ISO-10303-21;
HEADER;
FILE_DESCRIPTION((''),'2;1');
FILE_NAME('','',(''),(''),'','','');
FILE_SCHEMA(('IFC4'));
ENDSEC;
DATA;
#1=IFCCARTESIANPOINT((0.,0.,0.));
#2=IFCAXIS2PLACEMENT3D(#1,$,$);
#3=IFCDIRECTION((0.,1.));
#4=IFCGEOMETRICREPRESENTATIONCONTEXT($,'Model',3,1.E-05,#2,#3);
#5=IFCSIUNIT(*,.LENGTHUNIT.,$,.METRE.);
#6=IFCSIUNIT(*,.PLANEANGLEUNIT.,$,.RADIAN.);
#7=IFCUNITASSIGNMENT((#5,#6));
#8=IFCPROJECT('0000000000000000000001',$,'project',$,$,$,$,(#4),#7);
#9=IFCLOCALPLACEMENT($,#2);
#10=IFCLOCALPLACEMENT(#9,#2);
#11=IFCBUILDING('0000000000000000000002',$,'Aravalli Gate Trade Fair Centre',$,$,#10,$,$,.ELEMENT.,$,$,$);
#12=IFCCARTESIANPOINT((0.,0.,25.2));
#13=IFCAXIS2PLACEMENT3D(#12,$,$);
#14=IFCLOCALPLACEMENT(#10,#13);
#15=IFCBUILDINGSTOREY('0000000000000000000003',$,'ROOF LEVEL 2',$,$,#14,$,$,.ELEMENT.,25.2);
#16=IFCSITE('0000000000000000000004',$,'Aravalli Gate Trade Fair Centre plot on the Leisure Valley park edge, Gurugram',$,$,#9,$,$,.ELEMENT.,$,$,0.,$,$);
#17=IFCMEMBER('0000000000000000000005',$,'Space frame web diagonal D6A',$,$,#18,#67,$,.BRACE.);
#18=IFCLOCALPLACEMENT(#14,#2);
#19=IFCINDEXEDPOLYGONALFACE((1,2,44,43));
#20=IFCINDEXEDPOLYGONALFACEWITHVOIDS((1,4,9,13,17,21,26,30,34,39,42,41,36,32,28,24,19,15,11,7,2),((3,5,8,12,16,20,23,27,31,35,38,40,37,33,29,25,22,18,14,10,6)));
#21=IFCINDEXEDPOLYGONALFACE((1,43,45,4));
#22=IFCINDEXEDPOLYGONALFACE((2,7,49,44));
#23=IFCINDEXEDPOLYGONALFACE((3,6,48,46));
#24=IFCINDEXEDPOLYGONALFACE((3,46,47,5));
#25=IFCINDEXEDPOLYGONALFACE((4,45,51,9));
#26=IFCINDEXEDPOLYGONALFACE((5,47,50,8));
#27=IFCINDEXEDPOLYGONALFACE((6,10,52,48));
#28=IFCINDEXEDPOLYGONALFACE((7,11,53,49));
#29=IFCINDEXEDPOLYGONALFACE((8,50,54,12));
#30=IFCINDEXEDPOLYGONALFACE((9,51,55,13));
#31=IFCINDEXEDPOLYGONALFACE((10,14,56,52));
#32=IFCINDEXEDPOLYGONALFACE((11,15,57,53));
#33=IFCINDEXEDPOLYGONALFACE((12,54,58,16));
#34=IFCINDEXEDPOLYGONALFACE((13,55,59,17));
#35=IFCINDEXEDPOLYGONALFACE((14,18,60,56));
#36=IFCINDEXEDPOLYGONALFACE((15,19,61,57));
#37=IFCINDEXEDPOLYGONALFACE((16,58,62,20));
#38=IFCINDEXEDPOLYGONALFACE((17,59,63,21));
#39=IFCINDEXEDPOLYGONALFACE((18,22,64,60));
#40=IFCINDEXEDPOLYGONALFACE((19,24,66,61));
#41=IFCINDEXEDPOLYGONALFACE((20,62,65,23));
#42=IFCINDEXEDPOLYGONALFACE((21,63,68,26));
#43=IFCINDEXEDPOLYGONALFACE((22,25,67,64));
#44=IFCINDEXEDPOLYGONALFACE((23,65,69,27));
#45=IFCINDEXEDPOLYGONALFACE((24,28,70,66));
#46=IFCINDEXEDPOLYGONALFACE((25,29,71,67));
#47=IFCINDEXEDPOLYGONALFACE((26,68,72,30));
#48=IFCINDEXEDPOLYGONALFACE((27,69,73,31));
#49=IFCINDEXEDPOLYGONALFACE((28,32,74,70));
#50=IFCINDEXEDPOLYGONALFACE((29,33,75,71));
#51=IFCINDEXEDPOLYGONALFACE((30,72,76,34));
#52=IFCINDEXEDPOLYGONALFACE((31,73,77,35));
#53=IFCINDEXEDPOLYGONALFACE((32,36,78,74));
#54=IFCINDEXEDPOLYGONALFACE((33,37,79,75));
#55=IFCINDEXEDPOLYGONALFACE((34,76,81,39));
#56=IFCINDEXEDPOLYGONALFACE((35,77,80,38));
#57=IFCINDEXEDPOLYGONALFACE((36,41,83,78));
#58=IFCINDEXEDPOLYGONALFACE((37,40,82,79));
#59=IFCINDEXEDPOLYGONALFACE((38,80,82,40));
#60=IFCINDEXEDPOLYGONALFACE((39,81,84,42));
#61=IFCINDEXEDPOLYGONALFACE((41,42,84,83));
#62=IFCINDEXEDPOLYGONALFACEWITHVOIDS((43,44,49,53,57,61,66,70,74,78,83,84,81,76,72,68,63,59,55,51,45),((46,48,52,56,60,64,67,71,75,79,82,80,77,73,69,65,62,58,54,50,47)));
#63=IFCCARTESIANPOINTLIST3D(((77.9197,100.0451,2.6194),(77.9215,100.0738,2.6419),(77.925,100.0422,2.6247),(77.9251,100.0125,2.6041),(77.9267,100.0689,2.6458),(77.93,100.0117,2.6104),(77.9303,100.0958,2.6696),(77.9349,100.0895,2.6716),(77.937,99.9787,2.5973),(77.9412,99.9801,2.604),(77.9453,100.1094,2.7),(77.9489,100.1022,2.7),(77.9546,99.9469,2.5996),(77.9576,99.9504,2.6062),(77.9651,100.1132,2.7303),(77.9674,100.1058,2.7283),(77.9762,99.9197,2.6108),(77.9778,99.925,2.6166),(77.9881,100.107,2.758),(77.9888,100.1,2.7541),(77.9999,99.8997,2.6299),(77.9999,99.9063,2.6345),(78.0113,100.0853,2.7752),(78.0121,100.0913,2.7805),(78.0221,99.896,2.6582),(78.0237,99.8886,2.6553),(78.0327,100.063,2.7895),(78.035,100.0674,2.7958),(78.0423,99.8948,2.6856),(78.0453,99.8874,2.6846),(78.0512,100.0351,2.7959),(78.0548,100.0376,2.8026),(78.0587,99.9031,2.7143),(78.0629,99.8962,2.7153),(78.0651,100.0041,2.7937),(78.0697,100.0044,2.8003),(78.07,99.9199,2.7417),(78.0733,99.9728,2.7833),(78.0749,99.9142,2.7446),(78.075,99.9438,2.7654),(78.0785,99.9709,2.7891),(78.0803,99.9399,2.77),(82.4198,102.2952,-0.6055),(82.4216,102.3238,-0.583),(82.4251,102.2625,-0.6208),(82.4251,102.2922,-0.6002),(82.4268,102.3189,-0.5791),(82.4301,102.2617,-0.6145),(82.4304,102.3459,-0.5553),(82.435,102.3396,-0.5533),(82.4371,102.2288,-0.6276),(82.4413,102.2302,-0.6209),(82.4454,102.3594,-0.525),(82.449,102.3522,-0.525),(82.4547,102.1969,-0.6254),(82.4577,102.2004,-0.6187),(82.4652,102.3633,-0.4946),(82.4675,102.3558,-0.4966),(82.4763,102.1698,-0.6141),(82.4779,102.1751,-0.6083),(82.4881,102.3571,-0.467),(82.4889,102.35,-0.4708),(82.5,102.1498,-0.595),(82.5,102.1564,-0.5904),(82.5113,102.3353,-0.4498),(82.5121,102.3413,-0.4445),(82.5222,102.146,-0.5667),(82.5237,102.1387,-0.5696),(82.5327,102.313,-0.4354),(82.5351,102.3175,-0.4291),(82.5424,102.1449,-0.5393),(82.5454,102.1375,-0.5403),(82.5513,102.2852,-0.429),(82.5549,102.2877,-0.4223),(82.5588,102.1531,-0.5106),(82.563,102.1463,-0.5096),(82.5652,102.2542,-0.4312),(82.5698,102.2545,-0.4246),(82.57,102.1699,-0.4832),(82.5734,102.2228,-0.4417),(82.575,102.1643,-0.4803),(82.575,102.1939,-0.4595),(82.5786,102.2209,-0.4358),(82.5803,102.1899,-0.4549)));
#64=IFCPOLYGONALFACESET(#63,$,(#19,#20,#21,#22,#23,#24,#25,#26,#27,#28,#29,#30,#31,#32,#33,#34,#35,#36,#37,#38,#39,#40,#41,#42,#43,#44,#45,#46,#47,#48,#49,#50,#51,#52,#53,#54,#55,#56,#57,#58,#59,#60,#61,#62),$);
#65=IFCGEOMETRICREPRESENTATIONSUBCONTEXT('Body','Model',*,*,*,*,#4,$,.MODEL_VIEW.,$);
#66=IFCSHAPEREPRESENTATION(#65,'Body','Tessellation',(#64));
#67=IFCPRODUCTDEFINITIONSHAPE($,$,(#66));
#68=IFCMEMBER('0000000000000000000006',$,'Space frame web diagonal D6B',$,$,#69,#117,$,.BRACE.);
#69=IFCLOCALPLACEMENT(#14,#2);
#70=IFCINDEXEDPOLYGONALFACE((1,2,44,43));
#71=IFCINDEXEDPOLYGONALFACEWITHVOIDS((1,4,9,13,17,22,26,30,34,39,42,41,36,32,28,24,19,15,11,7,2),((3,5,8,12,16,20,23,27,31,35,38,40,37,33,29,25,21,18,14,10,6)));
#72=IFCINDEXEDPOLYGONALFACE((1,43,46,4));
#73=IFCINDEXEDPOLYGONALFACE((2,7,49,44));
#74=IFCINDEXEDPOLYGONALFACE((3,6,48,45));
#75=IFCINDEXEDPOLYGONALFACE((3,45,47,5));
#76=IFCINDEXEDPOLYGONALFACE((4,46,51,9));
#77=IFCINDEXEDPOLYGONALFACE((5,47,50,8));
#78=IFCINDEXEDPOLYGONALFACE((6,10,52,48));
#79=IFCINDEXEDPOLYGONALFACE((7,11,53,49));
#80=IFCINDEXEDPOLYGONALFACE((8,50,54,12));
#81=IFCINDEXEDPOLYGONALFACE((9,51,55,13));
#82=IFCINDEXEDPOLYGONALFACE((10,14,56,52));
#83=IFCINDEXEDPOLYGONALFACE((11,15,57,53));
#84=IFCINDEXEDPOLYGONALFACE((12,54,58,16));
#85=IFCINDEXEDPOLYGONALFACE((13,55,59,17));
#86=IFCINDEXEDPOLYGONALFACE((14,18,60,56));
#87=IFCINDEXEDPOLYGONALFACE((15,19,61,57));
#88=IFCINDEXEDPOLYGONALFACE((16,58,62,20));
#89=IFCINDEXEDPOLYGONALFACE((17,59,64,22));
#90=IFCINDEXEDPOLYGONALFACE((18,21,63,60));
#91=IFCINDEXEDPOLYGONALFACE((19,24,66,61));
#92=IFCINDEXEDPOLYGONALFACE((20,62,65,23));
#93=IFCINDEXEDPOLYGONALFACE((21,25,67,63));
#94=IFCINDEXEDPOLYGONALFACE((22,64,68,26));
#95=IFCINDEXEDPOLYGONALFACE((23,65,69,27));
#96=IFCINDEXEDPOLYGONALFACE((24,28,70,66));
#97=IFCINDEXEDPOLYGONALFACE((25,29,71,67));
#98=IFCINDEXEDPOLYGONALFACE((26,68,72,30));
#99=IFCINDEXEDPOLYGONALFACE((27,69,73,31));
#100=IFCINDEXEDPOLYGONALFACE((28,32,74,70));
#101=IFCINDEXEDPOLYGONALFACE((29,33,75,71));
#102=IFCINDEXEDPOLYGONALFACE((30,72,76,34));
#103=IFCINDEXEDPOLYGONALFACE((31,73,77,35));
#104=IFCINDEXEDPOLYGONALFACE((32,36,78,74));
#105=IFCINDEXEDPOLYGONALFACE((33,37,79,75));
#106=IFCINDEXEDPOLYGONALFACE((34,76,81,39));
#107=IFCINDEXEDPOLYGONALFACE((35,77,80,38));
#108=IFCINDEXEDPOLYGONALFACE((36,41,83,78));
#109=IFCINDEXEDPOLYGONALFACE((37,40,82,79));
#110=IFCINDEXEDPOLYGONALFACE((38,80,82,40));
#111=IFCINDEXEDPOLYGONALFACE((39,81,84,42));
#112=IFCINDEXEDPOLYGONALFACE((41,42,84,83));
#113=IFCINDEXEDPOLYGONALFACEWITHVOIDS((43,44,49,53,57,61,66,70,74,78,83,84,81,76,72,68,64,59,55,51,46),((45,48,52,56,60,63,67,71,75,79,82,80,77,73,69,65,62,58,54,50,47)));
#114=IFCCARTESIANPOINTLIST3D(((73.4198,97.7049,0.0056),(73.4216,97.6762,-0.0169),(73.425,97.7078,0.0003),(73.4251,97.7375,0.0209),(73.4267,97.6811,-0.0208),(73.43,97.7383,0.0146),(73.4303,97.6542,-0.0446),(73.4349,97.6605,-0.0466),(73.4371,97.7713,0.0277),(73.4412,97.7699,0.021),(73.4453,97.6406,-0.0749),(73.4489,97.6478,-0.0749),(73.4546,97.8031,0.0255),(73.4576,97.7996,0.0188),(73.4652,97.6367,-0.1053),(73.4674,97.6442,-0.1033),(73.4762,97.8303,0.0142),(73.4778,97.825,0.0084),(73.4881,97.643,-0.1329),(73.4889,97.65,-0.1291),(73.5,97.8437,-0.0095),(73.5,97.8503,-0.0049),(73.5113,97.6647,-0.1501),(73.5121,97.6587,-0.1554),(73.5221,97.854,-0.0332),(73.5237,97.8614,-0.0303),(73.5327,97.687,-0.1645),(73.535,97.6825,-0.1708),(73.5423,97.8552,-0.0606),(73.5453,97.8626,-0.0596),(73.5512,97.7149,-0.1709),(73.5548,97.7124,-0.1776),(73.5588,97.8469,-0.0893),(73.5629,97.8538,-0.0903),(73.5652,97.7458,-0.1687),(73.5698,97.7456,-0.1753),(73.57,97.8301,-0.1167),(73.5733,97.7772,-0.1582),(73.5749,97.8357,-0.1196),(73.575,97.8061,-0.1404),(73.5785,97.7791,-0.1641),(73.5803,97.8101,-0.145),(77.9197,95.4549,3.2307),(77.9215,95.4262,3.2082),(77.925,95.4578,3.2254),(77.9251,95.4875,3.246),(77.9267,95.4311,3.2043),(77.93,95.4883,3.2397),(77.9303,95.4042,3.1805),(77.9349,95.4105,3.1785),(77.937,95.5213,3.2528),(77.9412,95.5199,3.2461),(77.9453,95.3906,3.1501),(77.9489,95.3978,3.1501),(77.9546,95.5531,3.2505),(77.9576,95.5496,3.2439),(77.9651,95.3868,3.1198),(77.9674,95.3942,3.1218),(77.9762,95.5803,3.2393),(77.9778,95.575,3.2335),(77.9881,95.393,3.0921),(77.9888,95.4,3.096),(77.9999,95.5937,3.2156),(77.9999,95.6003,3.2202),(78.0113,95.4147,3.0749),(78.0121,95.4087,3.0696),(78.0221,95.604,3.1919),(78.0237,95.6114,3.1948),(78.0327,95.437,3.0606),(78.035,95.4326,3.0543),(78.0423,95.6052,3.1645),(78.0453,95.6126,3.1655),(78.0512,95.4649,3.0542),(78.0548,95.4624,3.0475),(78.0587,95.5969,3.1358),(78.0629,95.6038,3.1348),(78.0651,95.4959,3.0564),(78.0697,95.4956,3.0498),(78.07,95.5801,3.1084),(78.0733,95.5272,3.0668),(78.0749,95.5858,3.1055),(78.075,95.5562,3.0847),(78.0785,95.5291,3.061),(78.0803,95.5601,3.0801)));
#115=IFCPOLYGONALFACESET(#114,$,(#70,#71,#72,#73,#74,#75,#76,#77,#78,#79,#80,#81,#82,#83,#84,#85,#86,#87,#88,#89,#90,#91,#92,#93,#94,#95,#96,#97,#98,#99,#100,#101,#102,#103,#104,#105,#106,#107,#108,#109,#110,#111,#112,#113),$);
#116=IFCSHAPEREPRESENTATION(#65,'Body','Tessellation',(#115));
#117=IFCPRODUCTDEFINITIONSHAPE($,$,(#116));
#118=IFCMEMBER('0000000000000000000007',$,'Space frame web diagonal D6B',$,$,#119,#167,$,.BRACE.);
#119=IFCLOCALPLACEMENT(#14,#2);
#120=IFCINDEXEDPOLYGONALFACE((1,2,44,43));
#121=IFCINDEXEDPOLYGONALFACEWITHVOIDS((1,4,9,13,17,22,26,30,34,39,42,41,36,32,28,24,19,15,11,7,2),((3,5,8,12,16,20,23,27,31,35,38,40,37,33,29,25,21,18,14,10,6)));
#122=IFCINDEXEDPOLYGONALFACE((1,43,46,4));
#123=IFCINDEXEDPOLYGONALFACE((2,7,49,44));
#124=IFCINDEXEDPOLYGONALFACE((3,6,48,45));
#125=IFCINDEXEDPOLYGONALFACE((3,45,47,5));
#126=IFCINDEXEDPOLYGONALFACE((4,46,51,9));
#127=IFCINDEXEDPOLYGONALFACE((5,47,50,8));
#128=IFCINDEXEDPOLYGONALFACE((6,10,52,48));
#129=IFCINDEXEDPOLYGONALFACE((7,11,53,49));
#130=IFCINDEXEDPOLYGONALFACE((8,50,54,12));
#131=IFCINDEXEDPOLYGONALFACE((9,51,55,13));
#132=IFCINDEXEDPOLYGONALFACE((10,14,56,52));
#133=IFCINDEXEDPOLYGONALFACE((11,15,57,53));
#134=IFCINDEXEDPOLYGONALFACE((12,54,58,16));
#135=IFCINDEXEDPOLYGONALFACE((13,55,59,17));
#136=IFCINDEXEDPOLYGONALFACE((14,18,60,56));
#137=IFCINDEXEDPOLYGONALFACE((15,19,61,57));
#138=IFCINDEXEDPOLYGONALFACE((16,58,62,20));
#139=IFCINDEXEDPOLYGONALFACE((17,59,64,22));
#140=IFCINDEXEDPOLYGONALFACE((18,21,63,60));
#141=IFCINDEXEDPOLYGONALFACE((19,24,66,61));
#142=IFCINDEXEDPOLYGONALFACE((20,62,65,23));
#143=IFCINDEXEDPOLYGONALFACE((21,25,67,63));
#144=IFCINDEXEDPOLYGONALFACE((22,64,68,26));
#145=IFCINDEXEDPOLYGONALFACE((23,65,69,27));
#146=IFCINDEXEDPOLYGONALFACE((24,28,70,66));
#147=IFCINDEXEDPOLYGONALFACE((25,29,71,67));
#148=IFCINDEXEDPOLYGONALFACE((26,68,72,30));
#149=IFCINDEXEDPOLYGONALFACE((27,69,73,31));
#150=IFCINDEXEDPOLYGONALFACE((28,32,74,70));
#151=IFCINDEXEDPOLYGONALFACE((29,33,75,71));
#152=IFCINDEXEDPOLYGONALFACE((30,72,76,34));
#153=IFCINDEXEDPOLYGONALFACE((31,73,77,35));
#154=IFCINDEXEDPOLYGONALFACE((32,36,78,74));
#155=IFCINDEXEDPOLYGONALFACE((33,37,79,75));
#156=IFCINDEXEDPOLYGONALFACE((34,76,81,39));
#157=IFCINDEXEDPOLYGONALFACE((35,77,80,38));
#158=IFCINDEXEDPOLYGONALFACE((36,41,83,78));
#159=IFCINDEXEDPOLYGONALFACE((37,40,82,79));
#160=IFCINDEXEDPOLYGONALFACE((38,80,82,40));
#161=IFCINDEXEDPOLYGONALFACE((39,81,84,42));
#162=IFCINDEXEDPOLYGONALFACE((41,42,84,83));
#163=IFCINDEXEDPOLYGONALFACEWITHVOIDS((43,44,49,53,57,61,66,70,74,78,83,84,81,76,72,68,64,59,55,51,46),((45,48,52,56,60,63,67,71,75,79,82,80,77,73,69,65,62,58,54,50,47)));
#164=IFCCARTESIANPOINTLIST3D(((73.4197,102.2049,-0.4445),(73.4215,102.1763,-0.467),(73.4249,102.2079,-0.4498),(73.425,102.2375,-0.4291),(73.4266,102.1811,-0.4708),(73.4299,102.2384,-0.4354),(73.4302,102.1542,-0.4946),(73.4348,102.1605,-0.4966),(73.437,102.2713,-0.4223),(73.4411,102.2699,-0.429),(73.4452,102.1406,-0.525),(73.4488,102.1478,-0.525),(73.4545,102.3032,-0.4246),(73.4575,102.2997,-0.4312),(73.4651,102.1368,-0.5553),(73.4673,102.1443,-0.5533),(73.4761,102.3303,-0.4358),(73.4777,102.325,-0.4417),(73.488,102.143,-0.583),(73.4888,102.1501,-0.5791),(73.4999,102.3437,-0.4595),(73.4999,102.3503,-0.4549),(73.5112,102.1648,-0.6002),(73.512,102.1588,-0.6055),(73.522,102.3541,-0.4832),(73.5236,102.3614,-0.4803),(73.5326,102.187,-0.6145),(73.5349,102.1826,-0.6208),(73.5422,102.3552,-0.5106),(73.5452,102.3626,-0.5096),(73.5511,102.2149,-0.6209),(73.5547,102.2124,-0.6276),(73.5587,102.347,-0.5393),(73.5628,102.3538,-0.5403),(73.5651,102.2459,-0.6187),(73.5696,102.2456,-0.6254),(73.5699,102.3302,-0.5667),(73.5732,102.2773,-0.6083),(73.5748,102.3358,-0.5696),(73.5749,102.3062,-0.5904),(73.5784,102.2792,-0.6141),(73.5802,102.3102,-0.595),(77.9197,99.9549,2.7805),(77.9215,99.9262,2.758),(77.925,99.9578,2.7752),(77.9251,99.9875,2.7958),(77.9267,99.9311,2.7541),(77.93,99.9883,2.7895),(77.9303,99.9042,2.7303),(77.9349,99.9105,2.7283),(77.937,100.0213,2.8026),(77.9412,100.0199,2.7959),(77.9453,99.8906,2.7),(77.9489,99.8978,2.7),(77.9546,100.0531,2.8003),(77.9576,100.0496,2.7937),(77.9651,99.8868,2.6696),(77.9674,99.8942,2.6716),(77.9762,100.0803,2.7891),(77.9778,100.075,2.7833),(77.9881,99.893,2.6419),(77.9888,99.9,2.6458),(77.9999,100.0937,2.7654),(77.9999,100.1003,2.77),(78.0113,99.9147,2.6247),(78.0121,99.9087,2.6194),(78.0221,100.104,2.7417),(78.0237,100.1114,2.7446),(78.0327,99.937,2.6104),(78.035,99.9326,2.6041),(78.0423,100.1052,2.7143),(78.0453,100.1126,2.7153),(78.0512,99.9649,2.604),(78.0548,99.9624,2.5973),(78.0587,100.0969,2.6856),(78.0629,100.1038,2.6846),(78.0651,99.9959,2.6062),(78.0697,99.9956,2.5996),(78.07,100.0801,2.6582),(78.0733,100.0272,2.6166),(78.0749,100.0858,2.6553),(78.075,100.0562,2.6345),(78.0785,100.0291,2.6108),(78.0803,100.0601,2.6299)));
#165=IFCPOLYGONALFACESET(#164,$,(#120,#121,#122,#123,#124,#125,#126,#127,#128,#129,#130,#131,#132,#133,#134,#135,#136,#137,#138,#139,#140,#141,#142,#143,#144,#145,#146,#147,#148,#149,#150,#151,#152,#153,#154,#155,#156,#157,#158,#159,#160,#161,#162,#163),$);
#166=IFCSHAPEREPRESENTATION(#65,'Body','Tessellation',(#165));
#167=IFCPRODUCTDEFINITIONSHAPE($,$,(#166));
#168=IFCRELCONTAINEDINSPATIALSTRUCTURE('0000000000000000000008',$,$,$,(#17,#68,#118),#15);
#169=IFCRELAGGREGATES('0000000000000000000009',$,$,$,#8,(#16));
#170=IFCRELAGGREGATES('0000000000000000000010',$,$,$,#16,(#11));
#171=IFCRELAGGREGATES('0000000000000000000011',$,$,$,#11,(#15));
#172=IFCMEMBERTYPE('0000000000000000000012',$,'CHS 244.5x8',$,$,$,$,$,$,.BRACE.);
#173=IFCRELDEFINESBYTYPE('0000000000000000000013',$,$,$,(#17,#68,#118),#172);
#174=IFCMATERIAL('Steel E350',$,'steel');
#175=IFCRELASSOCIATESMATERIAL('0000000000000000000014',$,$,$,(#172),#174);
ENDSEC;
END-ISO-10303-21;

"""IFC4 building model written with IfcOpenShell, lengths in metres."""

from ifc_helpers import new_model, si_unit, direction, frame, origin, origin_2d, place, context, subcontext, project, spatial, hollow_circle, extrude, material, material_profile, profile_set, type_object, element, save


model = new_model("IFC4")

# Units and contexts
model_context = context("Model", 3, precision=1e-05, world=origin(), true_north=direction((0.0, 1.0)))
body_context = subcontext(model_context, "Body", "Model", "MODEL_VIEW")
ifc_project = project(units=[si_unit("LENGTHUNIT", "METRE"), si_unit("PLANEANGLEUNIT", "RADIAN")], contexts=[model_context])

# Site, building, storey
site_placement = place(None, origin())
site = spatial("IfcSite", under=ifc_project, at=site_placement, Name="Aravalli Gate Trade Fair Centre plot on the Leisure Valley park edge, Gurugram", CompositionType="ELEMENT", RefElevation=0.0)
building_placement = place(site_placement, origin())
building = spatial("IfcBuilding", under=site, at=building_placement, Name="Aravalli Gate Trade Fair Centre", CompositionType="ELEMENT")
storey_placement = place(building_placement, frame((0.0, 0.0, 25.2)))
storey = spatial("IfcBuildingStorey", under=building, at=storey_placement, Name="ROOF LEVEL 2", CompositionType="ELEMENT", Elevation=25.2)

# Members
ifc_material_1 = material(Name="Steel E350", Category="steel")
ifc_material_profile_1 = material_profile(ifc_material_1, hollow_circle(Radius=0.1223, WallThickness=0.0081, at=origin_2d()), Name="CHS 244.5x8")
ifc_profile_set_1 = profile_set([ifc_material_profile_1], Name="Steel E350")
member_type_1 = type_object("IfcMemberType", Name="CHS 244.5x8", PredefinedType="BRACE", material=ifc_profile_set_1)
for number, where, z_axis, x_axis, name in (
    (1, (78.0, 100.0, 2.7), (0.753016, 0.376508, -0.539637), (-0.447214, 0.894427, 0.0), "Space frame web diagonal D6A"),
    (2, (78.0, 95.5, 3.1501), (-0.753, 0.3765, -0.539666), (-0.447214, -0.894427, 0.0), "Space frame web diagonal D6B"),
    (3, (78.0, 100.0, 2.7), (-0.753016, 0.376508, -0.539637), (-0.447214, -0.894427, 0.0), "Space frame web diagonal D6B"),
):
    element("IfcMember", number, at=place(storey_placement, frame(where, z_axis=z_axis, x_axis=x_axis)), inside=storey, type_object=member_type_1, Name=name, PredefinedType="BRACE", context=body_context, shape_type="SweptSolid", body=[
        extrude(hollow_circle(Radius=0.1223, WallThickness=0.0081, at=origin_2d()), origin(), (0.0, 0.0, 1.0), 5.9761),
    ])

save(model, "model.ifc")
